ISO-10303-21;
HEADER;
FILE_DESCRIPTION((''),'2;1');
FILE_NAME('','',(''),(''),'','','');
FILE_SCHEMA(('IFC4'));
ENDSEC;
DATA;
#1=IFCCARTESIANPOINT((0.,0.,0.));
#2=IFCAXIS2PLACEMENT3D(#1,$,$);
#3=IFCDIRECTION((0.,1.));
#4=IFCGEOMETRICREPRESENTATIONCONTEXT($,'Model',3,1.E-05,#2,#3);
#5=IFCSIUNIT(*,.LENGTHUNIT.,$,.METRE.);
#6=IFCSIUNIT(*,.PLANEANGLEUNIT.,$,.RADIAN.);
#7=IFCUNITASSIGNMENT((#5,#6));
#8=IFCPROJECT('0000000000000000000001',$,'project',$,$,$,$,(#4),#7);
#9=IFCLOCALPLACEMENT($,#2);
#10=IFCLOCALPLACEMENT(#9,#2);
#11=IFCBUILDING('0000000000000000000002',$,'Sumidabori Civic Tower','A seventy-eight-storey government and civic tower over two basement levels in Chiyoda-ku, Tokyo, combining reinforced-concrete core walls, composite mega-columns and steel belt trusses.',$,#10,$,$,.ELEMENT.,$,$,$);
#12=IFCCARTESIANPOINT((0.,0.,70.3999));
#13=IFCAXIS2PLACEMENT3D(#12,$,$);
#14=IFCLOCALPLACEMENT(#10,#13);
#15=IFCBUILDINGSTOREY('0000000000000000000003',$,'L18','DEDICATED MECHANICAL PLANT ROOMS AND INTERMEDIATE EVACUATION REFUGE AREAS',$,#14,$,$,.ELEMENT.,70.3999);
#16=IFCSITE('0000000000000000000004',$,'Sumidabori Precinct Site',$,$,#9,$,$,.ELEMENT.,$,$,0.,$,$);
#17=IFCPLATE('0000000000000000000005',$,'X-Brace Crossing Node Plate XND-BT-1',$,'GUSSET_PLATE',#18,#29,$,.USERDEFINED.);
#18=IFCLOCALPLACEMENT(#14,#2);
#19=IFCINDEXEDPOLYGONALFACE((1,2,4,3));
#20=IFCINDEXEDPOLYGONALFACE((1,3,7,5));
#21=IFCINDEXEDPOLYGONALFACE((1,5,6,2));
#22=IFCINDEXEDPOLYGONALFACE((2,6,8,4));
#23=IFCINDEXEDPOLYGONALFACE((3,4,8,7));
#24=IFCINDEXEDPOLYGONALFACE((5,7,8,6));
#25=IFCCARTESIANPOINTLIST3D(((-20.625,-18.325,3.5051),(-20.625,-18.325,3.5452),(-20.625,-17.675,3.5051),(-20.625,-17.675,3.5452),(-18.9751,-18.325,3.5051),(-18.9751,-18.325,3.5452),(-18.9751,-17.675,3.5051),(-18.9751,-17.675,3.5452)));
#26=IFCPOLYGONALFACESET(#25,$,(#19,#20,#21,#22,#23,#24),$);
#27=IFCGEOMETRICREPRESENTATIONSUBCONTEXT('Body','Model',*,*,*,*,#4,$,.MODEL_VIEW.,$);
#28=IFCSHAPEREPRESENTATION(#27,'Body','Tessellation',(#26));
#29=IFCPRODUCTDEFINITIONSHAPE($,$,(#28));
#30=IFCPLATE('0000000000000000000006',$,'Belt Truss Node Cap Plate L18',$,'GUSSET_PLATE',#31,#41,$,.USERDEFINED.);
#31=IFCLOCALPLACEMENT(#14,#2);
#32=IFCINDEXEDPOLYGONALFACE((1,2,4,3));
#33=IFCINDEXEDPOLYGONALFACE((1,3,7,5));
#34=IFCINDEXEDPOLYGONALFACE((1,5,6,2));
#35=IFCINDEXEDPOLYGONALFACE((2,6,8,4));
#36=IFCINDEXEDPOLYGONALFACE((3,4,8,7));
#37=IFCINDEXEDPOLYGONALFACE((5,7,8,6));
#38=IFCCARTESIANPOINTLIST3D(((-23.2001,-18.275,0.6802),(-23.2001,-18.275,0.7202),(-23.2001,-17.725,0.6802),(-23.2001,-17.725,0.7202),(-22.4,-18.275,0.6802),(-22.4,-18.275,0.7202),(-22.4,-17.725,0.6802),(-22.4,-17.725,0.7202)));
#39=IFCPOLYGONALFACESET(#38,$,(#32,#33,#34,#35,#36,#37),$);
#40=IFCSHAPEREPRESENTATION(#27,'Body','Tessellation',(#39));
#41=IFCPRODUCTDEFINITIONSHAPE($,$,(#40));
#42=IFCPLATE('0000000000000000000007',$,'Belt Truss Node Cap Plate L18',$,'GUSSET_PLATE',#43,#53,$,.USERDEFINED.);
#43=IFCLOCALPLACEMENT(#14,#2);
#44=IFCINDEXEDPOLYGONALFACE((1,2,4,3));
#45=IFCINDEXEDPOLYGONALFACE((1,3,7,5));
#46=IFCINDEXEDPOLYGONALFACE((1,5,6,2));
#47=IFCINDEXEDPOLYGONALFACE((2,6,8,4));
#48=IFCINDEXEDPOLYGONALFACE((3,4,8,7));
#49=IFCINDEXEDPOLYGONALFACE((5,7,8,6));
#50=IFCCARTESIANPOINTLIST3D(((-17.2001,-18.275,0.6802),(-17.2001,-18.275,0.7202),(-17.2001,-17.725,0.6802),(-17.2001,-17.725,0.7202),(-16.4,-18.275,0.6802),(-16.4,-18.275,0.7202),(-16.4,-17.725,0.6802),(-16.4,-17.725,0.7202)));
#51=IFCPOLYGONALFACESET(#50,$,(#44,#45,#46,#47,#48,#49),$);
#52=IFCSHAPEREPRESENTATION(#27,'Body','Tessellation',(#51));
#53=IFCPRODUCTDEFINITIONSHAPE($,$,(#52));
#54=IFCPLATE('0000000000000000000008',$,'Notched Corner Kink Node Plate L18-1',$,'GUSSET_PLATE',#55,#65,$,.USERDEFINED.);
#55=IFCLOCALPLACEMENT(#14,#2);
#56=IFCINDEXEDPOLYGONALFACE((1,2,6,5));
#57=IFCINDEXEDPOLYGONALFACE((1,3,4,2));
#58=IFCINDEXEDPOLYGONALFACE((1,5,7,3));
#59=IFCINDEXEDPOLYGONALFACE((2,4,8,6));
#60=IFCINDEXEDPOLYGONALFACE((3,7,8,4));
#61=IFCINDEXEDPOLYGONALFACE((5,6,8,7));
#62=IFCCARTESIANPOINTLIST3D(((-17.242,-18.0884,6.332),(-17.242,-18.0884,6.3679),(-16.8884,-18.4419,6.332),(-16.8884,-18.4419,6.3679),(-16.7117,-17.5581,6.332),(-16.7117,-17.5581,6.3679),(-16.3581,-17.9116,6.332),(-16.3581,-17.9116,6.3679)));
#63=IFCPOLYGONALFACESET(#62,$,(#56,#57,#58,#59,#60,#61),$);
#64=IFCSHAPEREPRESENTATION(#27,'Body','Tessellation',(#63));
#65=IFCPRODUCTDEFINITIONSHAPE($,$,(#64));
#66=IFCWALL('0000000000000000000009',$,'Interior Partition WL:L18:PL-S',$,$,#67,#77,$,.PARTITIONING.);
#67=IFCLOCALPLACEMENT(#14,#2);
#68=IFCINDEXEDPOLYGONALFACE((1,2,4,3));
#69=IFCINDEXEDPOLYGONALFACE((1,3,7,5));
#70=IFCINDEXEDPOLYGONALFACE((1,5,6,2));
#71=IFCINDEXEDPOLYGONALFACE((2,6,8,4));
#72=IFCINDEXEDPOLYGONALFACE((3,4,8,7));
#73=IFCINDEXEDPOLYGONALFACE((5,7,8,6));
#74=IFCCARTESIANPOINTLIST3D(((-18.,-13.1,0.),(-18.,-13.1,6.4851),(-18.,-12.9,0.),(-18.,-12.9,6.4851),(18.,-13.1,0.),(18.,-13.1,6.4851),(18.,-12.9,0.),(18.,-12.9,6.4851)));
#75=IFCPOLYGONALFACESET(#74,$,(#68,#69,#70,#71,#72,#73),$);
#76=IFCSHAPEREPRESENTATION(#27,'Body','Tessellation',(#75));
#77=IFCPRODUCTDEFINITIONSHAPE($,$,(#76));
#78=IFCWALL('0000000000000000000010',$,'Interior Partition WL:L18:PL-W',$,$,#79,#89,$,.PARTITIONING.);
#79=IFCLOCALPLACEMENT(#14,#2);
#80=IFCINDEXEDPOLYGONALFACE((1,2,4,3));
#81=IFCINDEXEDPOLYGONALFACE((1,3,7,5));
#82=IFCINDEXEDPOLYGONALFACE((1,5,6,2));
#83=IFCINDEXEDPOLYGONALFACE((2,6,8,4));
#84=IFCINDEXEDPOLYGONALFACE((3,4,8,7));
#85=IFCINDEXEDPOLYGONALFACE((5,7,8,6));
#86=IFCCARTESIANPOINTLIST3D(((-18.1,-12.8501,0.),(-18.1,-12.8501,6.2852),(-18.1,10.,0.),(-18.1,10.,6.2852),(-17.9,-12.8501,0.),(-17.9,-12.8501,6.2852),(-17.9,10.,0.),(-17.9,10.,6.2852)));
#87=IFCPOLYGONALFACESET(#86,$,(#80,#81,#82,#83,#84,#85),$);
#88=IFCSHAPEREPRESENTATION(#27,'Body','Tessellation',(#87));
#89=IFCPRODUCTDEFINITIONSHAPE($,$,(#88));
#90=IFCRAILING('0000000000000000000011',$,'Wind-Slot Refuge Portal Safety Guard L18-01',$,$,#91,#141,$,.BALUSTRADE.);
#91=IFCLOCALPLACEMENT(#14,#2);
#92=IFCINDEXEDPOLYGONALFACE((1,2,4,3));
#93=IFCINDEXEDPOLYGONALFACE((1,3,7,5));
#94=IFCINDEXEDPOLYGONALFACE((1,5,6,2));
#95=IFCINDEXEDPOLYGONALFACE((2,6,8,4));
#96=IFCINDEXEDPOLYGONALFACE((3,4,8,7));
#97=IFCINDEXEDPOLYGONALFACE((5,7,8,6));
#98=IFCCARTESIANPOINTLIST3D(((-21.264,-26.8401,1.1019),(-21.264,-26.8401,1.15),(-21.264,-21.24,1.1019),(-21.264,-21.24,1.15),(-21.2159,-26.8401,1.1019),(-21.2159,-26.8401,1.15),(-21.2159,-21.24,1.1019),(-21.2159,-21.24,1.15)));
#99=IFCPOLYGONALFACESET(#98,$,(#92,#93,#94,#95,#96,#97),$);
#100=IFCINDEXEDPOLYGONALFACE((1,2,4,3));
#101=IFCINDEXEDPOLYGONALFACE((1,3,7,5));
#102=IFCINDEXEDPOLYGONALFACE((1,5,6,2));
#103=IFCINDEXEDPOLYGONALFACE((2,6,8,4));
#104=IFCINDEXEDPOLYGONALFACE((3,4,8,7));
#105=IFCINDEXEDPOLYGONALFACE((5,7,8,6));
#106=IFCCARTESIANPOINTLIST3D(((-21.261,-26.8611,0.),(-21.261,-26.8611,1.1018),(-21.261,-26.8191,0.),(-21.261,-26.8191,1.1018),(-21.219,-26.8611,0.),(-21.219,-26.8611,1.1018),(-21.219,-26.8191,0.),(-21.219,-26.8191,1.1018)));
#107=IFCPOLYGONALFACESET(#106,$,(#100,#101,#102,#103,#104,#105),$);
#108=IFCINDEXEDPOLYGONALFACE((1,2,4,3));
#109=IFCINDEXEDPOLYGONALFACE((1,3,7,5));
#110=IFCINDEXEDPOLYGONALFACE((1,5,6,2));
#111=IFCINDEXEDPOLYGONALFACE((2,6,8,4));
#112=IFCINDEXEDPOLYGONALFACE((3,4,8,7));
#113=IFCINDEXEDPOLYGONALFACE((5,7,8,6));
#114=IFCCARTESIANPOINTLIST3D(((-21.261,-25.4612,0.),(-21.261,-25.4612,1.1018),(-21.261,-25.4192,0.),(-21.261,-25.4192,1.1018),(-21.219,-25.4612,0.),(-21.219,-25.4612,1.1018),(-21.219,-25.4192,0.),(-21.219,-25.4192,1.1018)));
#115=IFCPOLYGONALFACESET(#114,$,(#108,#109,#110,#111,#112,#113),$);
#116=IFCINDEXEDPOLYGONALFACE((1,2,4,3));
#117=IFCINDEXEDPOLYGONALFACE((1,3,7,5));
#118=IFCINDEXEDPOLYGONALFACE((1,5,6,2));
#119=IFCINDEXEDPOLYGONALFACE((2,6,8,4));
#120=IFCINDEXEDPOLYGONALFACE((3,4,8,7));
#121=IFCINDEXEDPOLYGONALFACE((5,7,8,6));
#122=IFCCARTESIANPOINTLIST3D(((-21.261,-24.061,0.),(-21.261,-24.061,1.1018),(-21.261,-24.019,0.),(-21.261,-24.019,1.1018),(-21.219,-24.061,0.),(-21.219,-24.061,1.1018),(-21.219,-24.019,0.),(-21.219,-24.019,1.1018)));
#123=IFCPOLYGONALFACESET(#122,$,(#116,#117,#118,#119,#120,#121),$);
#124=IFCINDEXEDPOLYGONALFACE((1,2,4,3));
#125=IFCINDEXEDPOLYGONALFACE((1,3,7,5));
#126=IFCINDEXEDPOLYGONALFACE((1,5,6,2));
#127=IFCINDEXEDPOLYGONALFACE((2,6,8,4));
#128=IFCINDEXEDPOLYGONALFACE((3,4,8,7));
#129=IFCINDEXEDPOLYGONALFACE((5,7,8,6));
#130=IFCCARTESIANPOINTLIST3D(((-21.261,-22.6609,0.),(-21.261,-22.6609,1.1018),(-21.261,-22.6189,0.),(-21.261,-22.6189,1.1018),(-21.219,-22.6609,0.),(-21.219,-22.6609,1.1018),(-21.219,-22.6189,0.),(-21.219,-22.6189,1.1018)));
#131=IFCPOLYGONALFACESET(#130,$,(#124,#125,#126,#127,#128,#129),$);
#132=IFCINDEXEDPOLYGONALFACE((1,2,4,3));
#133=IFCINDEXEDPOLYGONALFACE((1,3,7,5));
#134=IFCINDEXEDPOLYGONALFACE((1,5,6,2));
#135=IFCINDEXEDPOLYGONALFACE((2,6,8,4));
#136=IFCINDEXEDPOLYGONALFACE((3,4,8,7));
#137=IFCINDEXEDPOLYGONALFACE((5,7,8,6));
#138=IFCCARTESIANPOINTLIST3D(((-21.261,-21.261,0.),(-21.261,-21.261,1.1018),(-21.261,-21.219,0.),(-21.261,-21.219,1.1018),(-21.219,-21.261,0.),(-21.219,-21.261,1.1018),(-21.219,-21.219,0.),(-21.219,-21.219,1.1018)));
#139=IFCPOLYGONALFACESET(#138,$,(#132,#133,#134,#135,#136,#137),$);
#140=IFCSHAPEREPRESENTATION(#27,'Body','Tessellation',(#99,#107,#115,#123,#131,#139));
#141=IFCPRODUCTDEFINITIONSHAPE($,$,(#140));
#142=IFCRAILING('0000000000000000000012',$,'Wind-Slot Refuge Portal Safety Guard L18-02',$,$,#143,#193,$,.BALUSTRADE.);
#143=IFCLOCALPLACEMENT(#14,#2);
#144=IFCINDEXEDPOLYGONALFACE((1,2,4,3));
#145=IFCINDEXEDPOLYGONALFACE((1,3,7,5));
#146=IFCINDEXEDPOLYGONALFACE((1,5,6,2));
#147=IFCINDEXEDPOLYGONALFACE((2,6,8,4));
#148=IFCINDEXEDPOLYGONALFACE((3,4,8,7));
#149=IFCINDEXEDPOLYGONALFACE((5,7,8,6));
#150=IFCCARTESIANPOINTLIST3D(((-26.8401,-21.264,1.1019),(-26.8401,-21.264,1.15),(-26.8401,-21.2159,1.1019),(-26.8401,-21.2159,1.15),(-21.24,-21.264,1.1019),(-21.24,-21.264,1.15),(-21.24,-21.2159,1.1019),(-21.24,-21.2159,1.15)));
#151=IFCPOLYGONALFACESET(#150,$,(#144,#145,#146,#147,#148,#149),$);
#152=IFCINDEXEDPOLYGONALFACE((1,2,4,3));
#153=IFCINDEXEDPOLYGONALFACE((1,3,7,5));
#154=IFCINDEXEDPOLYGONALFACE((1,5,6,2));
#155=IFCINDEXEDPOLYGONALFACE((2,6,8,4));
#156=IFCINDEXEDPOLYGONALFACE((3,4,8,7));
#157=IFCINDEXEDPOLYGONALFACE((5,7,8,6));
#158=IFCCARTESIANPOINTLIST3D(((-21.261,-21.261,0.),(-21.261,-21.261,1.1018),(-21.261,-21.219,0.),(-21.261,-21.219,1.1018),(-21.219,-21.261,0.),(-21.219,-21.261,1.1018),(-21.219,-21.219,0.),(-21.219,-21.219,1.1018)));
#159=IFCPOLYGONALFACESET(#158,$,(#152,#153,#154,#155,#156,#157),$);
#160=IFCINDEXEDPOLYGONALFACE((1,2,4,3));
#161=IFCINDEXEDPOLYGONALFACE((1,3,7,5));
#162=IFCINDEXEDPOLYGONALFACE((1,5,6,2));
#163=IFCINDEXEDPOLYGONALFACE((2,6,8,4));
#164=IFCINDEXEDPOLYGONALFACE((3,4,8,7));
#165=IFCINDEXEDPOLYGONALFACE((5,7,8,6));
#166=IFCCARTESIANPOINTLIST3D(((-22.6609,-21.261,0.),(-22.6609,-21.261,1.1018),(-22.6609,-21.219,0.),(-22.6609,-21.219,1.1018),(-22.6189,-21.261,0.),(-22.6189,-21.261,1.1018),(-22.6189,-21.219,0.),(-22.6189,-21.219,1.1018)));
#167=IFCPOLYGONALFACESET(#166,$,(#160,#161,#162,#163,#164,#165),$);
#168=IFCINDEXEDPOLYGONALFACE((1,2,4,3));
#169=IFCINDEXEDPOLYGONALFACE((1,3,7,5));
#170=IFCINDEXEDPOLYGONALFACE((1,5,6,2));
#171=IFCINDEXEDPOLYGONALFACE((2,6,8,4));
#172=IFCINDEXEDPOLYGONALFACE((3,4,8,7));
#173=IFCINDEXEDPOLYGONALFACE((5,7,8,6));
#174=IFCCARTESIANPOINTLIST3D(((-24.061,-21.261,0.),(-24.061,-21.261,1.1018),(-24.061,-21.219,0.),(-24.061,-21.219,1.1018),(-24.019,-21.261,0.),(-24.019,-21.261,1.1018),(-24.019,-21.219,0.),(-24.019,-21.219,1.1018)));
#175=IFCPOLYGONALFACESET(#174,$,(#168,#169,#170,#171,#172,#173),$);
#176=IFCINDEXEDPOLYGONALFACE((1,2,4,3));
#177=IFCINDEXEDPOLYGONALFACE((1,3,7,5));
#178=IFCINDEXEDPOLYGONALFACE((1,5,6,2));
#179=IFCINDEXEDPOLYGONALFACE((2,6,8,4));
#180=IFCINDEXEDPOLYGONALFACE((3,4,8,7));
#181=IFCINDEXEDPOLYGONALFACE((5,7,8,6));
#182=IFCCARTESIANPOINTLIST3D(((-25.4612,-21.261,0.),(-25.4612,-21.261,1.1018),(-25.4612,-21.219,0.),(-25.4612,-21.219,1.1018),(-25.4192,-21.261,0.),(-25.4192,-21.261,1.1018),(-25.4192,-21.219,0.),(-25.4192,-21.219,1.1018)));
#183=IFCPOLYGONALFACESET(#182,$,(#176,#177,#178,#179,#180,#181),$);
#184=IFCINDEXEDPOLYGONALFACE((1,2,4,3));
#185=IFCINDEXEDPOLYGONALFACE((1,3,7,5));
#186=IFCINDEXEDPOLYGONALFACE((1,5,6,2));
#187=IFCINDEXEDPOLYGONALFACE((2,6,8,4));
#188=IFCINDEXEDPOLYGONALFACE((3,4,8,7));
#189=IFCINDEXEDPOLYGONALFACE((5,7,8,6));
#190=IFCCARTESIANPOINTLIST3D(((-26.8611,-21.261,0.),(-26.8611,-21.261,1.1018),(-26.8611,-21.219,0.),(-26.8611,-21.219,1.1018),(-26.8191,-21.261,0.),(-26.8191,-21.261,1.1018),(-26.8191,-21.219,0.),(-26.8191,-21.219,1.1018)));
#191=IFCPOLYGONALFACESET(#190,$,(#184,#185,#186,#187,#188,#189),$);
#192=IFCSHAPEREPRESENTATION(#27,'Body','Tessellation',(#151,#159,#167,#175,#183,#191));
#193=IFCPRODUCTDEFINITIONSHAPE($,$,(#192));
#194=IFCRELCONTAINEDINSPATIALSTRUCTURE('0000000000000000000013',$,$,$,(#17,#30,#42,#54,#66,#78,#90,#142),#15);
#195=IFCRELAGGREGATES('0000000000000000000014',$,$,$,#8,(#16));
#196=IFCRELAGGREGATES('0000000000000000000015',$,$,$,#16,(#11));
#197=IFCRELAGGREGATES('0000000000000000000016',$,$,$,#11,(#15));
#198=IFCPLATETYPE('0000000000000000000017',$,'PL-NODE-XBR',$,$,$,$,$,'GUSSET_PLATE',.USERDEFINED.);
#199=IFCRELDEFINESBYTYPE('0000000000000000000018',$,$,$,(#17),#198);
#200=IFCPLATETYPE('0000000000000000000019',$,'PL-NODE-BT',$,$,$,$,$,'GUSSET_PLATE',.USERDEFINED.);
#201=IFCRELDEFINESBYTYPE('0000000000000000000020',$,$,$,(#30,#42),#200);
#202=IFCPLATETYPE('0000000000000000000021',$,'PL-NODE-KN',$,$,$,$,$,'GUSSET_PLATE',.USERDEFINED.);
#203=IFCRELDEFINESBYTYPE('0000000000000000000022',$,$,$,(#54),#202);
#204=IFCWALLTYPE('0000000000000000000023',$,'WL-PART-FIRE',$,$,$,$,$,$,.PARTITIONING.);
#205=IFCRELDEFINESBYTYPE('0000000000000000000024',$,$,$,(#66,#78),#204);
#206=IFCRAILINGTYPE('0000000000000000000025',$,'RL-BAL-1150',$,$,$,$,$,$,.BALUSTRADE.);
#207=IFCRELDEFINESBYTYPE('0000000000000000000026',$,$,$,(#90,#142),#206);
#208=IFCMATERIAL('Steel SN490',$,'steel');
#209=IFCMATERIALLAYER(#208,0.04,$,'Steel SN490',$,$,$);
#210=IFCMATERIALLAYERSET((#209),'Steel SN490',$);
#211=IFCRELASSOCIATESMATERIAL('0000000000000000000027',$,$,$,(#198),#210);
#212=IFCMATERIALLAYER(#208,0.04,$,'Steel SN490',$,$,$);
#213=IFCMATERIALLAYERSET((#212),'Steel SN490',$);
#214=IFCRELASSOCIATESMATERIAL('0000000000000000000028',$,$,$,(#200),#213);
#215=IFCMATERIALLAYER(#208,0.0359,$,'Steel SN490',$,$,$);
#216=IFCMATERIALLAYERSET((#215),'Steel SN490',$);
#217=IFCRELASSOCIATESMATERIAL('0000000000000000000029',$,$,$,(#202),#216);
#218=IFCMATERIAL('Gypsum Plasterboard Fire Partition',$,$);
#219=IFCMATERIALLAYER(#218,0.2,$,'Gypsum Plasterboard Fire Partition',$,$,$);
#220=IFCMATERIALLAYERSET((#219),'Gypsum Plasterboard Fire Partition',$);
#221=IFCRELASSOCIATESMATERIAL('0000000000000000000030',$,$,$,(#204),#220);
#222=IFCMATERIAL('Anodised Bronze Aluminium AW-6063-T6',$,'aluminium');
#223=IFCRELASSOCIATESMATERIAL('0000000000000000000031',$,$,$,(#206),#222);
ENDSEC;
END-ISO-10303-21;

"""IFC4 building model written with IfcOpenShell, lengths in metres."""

from ifc_helpers import new_model, si_unit, direction, frame, frame_2d, origin, origin_2d, place, context, subcontext, project, spatial, rectangle, extrude, source, transform, mapped, material, layer, layer_set, type_object, element, save


model = new_model("IFC4")

# Units and contexts
model_context = context("Model", 3, precision=1e-05, world=origin(), true_north=direction((0.0, 1.0)))
body_context = subcontext(model_context, "Body", "Model", "MODEL_VIEW")
ifc_project = project(units=[si_unit("LENGTHUNIT", "METRE"), si_unit("PLANEANGLEUNIT", "RADIAN")], contexts=[model_context])

# Site, building, storey
site_placement = place(None, origin())
site = spatial("IfcSite", under=ifc_project, at=site_placement, Name="Sumidabori Precinct Site", CompositionType="ELEMENT", RefElevation=0.0)
building_placement = place(site_placement, origin())
building = spatial("IfcBuilding", under=site, at=building_placement, Name="Sumidabori Civic Tower", Description="A seventy-eight-storey government and civic tower over two basement levels in Chiyoda-ku, Tokyo, combining reinforced-concrete core walls, composite mega-columns and steel belt trusses.", CompositionType="ELEMENT")
storey_placement = place(building_placement, frame((0.0, 0.0, 70.3999)))
storey = spatial("IfcBuildingStorey", under=building, at=storey_placement, Name="L18", Description="DEDICATED MECHANICAL PLANT ROOMS AND INTERMEDIATE EVACUATION REFUGE AREAS", CompositionType="ELEMENT", Elevation=70.3999)

# Shared definitions
ifc_material_1 = material(Name="Steel SN490", Category="steel")

# Plates
ifc_layer_1 = layer(ifc_material_1, 0.04, Name="Steel SN490")
ifc_layer_set_1 = layer_set([ifc_layer_1], Name="Steel SN490")
plate_type_1 = type_object("IfcPlateType", Name="PL-NODE-XBR", ElementType="GUSSET_PLATE", PredefinedType="USERDEFINED", material=ifc_layer_set_1)
shared_shape_1 = source(origin(), body_context, "Body", "SweptSolid", [
    extrude(rectangle(XDim=1.6499, YDim=0.6499, at=origin_2d()), origin(), (0.0, 0.0, 1.0), 0.04),
])
plate_1_placement = place(storey_placement, frame((-19.8, -18.0, 3.5051), z_axis=(0.0, 0.0, 1.0), x_axis=(1.0, 0.0, 0.0)))
element("IfcPlate", 1, at=plate_1_placement, inside=storey, type_object=plate_type_1, Name="X-Brace Crossing Node Plate XND-BT-1", ObjectType="GUSSET_PLATE", PredefinedType="USERDEFINED", context=body_context, shape_type="MappedRepresentation", body=[
    mapped(shared_shape_1, transform((0.0, 0.0, 0.0), x_axis=(1.0, 0.0, 0.0), y_axis=(0.0, 1.0, 0.0), z_axis=(0.0, 0.0, 1.0), scale=1.0)),
])
ifc_layer_2 = layer(ifc_material_1, 0.04, Name="Steel SN490")
ifc_layer_set_2 = layer_set([ifc_layer_2], Name="Steel SN490")
plate_type_2 = type_object("IfcPlateType", Name="PL-NODE-BT", ElementType="GUSSET_PLATE", PredefinedType="USERDEFINED", material=ifc_layer_set_2)
shared_shape_2 = source(origin(), body_context, "Body", "SweptSolid", [
    extrude(rectangle(XDim=0.8, YDim=0.55, at=origin_2d()), origin(), (0.0, 0.0, 1.0), 0.04),
])
for number, where, z_axis, x_axis, name in (
    (2, (-22.8, -18.0, 0.6802), (0.0, 0.0, 1.0), (1.0, 0.0, 0.0), "Belt Truss Node Cap Plate L18"),
    (3, (-16.8, -18.0, 0.6802), (0.0, 0.0, 1.0), (1.0, 0.0, 0.0), "Belt Truss Node Cap Plate L18"),
):
    element("IfcPlate", number, at=place(storey_placement, frame(where, z_axis=z_axis, x_axis=x_axis)), inside=storey, type_object=plate_type_2, Name=name, ObjectType="GUSSET_PLATE", PredefinedType="USERDEFINED", context=body_context, shape_type="MappedRepresentation", body=[
        mapped(shared_shape_2, transform((0.0, 0.0, 0.0), x_axis=(1.0, 0.0, 0.0), y_axis=(0.0, 1.0, 0.0), z_axis=(0.0, 0.0, 1.0), scale=1.0)),
    ])
ifc_layer_3 = layer(ifc_material_1, 0.0359, Name="Steel SN490")
ifc_layer_set_3 = layer_set([ifc_layer_3], Name="Steel SN490")
plate_type_3 = type_object("IfcPlateType", Name="PL-NODE-KN", ElementType="GUSSET_PLATE", PredefinedType="USERDEFINED", material=ifc_layer_set_3)
shared_shape_3 = source(origin(), body_context, "Body", "SweptSolid", [
    extrude(rectangle(XDim=0.75, YDim=0.5, at=origin_2d()), origin(), (0.0, 0.0, 1.0), 0.0359),
])
plate_2_placement = place(storey_placement, frame((-16.8, -18.0, 6.332), z_axis=(0.0, 0.0, 1.0), x_axis=(0.707107, 0.707107, 0.0)))
element("IfcPlate", 4, at=plate_2_placement, inside=storey, type_object=plate_type_3, Name="Notched Corner Kink Node Plate L18-1", ObjectType="GUSSET_PLATE", PredefinedType="USERDEFINED", context=body_context, shape_type="MappedRepresentation", body=[
    mapped(shared_shape_3, transform((0.0, 0.0, 0.0), x_axis=(1.0, 0.0, 0.0), y_axis=(0.0, 1.0, 0.0), z_axis=(0.0, 0.0, 1.0), scale=1.0)),
])

# Walls
ifc_material_2 = material(Name="Gypsum Plasterboard Fire Partition")
ifc_layer_4 = layer(ifc_material_2, 0.2, Name="Gypsum Plasterboard Fire Partition")
ifc_layer_set_4 = layer_set([ifc_layer_4], Name="Gypsum Plasterboard Fire Partition")
wall_type = type_object("IfcWallType", Name="WL-PART-FIRE", PredefinedType="PARTITIONING", material=ifc_layer_set_4)
shared_shape_4 = source(origin(), body_context, "Body", "SweptSolid", [
    extrude(rectangle(XDim=36.0, YDim=0.2, at=frame_2d((18.0, 0.0))), origin(), (0.0, 0.0, 1.0), 6.4851),
])
wall_1_placement = place(storey_placement, frame((-18.0, -13.0, 0.0), z_axis=(0.0, 0.0, 1.0), x_axis=(1.0, 0.0, 0.0)))
element("IfcWall", 5, at=wall_1_placement, inside=storey, type_object=wall_type, Name="Interior Partition WL:L18:PL-S", PredefinedType="PARTITIONING", context=body_context, shape_type="MappedRepresentation", body=[
    mapped(shared_shape_4, transform((0.0, 0.0, 0.0), x_axis=(1.0, 0.0, 0.0), y_axis=(0.0, 1.0, 0.0), z_axis=(0.0, 0.0, 1.0), scale=1.0)),
])
shared_shape_5 = source(origin(), body_context, "Body", "SweptSolid", [
    extrude(rectangle(XDim=22.8501, YDim=0.2, at=frame_2d((11.425, 0.0))), origin(), (0.0, 0.0, 1.0), 6.2852),
])
wall_2_placement = place(storey_placement, frame((-18.0, -12.8501, 0.0), z_axis=(0.0, 0.0, 1.0), x_axis=(0.0, 1.0, 0.0)))
element("IfcWall", 6, at=wall_2_placement, inside=storey, type_object=wall_type, Name="Interior Partition WL:L18:PL-W", PredefinedType="PARTITIONING", context=body_context, shape_type="MappedRepresentation", body=[
    mapped(shared_shape_5, transform((0.0, 0.0, 0.0), x_axis=(1.0, 0.0, 0.0), y_axis=(0.0, 1.0, 0.0), z_axis=(0.0, 0.0, 1.0), scale=1.0)),
])

# Railings
ifc_material_3 = material(Name="Anodised Bronze Aluminium AW-6063-T6", Category="aluminium")
railing_type = type_object("IfcRailingType", Name="RL-BAL-1150", PredefinedType="BALUSTRADE", material=ifc_material_3)
railing_1_placement = place(storey_placement, frame((-21.24, -26.8401, 0.0)))
element("IfcRailing", 7, at=railing_1_placement, inside=storey, type_object=railing_type, Name="Wind-Slot Refuge Portal Safety Guard L18-01", PredefinedType="BALUSTRADE", context=body_context, shape_type="SweptSolid", body=[
    extrude(rectangle(XDim=0.0481, YDim=0.0481, at=origin_2d()), frame((0.0, 0.0, 1.126), z_axis=(0.0, 1.0, 0.0), x_axis=(-1.0, 0.0, 0.0)), (0.0, 0.0, 1.0), 5.6001),
    extrude(rectangle(XDim=0.042, YDim=0.042, at=origin_2d()), origin(), (0.0, 0.0, 1.0), 1.1018),
    extrude(rectangle(XDim=0.042, YDim=0.042, at=origin_2d()), frame((0.0, 1.3999, 0.0)), (0.0, 0.0, 1.0), 1.1018),
    extrude(rectangle(XDim=0.042, YDim=0.042, at=origin_2d()), frame((0.0, 2.8, 0.0)), (0.0, 0.0, 1.0), 1.1018),
    extrude(rectangle(XDim=0.042, YDim=0.042, at=origin_2d()), frame((0.0, 4.2002, 0.0)), (0.0, 0.0, 1.0), 1.1018),
    extrude(rectangle(XDim=0.042, YDim=0.042, at=origin_2d()), frame((0.0, 5.6001, 0.0)), (0.0, 0.0, 1.0), 1.1018),
])
railing_2_placement = place(storey_placement, frame((-21.24, -21.24, 0.0)))
element("IfcRailing", 8, at=railing_2_placement, inside=storey, type_object=railing_type, Name="Wind-Slot Refuge Portal Safety Guard L18-02", PredefinedType="BALUSTRADE", context=body_context, shape_type="SweptSolid", body=[
    extrude(rectangle(XDim=0.0481, YDim=0.0481, at=origin_2d()), frame((0.0, 0.0, 1.126), z_axis=(-1.0, 0.0, 0.0), x_axis=(0.0, -1.0, 0.0)), (0.0, 0.0, 1.0), 5.6001),
    extrude(rectangle(XDim=0.042, YDim=0.042, at=origin_2d()), origin(), (0.0, 0.0, 1.0), 1.1018),
    extrude(rectangle(XDim=0.042, YDim=0.042, at=origin_2d()), frame((-1.3999, 0.0, 0.0)), (0.0, 0.0, 1.0), 1.1018),
    extrude(rectangle(XDim=0.042, YDim=0.042, at=origin_2d()), frame((-2.8, 0.0, 0.0)), (0.0, 0.0, 1.0), 1.1018),
    extrude(rectangle(XDim=0.042, YDim=0.042, at=origin_2d()), frame((-4.2002, 0.0, 0.0)), (0.0, 0.0, 1.0), 1.1018),
    extrude(rectangle(XDim=0.042, YDim=0.042, at=origin_2d()), frame((-5.6001, 0.0, 0.0)), (0.0, 0.0, 1.0), 1.1018),
])

save(model, "model.ifc")
